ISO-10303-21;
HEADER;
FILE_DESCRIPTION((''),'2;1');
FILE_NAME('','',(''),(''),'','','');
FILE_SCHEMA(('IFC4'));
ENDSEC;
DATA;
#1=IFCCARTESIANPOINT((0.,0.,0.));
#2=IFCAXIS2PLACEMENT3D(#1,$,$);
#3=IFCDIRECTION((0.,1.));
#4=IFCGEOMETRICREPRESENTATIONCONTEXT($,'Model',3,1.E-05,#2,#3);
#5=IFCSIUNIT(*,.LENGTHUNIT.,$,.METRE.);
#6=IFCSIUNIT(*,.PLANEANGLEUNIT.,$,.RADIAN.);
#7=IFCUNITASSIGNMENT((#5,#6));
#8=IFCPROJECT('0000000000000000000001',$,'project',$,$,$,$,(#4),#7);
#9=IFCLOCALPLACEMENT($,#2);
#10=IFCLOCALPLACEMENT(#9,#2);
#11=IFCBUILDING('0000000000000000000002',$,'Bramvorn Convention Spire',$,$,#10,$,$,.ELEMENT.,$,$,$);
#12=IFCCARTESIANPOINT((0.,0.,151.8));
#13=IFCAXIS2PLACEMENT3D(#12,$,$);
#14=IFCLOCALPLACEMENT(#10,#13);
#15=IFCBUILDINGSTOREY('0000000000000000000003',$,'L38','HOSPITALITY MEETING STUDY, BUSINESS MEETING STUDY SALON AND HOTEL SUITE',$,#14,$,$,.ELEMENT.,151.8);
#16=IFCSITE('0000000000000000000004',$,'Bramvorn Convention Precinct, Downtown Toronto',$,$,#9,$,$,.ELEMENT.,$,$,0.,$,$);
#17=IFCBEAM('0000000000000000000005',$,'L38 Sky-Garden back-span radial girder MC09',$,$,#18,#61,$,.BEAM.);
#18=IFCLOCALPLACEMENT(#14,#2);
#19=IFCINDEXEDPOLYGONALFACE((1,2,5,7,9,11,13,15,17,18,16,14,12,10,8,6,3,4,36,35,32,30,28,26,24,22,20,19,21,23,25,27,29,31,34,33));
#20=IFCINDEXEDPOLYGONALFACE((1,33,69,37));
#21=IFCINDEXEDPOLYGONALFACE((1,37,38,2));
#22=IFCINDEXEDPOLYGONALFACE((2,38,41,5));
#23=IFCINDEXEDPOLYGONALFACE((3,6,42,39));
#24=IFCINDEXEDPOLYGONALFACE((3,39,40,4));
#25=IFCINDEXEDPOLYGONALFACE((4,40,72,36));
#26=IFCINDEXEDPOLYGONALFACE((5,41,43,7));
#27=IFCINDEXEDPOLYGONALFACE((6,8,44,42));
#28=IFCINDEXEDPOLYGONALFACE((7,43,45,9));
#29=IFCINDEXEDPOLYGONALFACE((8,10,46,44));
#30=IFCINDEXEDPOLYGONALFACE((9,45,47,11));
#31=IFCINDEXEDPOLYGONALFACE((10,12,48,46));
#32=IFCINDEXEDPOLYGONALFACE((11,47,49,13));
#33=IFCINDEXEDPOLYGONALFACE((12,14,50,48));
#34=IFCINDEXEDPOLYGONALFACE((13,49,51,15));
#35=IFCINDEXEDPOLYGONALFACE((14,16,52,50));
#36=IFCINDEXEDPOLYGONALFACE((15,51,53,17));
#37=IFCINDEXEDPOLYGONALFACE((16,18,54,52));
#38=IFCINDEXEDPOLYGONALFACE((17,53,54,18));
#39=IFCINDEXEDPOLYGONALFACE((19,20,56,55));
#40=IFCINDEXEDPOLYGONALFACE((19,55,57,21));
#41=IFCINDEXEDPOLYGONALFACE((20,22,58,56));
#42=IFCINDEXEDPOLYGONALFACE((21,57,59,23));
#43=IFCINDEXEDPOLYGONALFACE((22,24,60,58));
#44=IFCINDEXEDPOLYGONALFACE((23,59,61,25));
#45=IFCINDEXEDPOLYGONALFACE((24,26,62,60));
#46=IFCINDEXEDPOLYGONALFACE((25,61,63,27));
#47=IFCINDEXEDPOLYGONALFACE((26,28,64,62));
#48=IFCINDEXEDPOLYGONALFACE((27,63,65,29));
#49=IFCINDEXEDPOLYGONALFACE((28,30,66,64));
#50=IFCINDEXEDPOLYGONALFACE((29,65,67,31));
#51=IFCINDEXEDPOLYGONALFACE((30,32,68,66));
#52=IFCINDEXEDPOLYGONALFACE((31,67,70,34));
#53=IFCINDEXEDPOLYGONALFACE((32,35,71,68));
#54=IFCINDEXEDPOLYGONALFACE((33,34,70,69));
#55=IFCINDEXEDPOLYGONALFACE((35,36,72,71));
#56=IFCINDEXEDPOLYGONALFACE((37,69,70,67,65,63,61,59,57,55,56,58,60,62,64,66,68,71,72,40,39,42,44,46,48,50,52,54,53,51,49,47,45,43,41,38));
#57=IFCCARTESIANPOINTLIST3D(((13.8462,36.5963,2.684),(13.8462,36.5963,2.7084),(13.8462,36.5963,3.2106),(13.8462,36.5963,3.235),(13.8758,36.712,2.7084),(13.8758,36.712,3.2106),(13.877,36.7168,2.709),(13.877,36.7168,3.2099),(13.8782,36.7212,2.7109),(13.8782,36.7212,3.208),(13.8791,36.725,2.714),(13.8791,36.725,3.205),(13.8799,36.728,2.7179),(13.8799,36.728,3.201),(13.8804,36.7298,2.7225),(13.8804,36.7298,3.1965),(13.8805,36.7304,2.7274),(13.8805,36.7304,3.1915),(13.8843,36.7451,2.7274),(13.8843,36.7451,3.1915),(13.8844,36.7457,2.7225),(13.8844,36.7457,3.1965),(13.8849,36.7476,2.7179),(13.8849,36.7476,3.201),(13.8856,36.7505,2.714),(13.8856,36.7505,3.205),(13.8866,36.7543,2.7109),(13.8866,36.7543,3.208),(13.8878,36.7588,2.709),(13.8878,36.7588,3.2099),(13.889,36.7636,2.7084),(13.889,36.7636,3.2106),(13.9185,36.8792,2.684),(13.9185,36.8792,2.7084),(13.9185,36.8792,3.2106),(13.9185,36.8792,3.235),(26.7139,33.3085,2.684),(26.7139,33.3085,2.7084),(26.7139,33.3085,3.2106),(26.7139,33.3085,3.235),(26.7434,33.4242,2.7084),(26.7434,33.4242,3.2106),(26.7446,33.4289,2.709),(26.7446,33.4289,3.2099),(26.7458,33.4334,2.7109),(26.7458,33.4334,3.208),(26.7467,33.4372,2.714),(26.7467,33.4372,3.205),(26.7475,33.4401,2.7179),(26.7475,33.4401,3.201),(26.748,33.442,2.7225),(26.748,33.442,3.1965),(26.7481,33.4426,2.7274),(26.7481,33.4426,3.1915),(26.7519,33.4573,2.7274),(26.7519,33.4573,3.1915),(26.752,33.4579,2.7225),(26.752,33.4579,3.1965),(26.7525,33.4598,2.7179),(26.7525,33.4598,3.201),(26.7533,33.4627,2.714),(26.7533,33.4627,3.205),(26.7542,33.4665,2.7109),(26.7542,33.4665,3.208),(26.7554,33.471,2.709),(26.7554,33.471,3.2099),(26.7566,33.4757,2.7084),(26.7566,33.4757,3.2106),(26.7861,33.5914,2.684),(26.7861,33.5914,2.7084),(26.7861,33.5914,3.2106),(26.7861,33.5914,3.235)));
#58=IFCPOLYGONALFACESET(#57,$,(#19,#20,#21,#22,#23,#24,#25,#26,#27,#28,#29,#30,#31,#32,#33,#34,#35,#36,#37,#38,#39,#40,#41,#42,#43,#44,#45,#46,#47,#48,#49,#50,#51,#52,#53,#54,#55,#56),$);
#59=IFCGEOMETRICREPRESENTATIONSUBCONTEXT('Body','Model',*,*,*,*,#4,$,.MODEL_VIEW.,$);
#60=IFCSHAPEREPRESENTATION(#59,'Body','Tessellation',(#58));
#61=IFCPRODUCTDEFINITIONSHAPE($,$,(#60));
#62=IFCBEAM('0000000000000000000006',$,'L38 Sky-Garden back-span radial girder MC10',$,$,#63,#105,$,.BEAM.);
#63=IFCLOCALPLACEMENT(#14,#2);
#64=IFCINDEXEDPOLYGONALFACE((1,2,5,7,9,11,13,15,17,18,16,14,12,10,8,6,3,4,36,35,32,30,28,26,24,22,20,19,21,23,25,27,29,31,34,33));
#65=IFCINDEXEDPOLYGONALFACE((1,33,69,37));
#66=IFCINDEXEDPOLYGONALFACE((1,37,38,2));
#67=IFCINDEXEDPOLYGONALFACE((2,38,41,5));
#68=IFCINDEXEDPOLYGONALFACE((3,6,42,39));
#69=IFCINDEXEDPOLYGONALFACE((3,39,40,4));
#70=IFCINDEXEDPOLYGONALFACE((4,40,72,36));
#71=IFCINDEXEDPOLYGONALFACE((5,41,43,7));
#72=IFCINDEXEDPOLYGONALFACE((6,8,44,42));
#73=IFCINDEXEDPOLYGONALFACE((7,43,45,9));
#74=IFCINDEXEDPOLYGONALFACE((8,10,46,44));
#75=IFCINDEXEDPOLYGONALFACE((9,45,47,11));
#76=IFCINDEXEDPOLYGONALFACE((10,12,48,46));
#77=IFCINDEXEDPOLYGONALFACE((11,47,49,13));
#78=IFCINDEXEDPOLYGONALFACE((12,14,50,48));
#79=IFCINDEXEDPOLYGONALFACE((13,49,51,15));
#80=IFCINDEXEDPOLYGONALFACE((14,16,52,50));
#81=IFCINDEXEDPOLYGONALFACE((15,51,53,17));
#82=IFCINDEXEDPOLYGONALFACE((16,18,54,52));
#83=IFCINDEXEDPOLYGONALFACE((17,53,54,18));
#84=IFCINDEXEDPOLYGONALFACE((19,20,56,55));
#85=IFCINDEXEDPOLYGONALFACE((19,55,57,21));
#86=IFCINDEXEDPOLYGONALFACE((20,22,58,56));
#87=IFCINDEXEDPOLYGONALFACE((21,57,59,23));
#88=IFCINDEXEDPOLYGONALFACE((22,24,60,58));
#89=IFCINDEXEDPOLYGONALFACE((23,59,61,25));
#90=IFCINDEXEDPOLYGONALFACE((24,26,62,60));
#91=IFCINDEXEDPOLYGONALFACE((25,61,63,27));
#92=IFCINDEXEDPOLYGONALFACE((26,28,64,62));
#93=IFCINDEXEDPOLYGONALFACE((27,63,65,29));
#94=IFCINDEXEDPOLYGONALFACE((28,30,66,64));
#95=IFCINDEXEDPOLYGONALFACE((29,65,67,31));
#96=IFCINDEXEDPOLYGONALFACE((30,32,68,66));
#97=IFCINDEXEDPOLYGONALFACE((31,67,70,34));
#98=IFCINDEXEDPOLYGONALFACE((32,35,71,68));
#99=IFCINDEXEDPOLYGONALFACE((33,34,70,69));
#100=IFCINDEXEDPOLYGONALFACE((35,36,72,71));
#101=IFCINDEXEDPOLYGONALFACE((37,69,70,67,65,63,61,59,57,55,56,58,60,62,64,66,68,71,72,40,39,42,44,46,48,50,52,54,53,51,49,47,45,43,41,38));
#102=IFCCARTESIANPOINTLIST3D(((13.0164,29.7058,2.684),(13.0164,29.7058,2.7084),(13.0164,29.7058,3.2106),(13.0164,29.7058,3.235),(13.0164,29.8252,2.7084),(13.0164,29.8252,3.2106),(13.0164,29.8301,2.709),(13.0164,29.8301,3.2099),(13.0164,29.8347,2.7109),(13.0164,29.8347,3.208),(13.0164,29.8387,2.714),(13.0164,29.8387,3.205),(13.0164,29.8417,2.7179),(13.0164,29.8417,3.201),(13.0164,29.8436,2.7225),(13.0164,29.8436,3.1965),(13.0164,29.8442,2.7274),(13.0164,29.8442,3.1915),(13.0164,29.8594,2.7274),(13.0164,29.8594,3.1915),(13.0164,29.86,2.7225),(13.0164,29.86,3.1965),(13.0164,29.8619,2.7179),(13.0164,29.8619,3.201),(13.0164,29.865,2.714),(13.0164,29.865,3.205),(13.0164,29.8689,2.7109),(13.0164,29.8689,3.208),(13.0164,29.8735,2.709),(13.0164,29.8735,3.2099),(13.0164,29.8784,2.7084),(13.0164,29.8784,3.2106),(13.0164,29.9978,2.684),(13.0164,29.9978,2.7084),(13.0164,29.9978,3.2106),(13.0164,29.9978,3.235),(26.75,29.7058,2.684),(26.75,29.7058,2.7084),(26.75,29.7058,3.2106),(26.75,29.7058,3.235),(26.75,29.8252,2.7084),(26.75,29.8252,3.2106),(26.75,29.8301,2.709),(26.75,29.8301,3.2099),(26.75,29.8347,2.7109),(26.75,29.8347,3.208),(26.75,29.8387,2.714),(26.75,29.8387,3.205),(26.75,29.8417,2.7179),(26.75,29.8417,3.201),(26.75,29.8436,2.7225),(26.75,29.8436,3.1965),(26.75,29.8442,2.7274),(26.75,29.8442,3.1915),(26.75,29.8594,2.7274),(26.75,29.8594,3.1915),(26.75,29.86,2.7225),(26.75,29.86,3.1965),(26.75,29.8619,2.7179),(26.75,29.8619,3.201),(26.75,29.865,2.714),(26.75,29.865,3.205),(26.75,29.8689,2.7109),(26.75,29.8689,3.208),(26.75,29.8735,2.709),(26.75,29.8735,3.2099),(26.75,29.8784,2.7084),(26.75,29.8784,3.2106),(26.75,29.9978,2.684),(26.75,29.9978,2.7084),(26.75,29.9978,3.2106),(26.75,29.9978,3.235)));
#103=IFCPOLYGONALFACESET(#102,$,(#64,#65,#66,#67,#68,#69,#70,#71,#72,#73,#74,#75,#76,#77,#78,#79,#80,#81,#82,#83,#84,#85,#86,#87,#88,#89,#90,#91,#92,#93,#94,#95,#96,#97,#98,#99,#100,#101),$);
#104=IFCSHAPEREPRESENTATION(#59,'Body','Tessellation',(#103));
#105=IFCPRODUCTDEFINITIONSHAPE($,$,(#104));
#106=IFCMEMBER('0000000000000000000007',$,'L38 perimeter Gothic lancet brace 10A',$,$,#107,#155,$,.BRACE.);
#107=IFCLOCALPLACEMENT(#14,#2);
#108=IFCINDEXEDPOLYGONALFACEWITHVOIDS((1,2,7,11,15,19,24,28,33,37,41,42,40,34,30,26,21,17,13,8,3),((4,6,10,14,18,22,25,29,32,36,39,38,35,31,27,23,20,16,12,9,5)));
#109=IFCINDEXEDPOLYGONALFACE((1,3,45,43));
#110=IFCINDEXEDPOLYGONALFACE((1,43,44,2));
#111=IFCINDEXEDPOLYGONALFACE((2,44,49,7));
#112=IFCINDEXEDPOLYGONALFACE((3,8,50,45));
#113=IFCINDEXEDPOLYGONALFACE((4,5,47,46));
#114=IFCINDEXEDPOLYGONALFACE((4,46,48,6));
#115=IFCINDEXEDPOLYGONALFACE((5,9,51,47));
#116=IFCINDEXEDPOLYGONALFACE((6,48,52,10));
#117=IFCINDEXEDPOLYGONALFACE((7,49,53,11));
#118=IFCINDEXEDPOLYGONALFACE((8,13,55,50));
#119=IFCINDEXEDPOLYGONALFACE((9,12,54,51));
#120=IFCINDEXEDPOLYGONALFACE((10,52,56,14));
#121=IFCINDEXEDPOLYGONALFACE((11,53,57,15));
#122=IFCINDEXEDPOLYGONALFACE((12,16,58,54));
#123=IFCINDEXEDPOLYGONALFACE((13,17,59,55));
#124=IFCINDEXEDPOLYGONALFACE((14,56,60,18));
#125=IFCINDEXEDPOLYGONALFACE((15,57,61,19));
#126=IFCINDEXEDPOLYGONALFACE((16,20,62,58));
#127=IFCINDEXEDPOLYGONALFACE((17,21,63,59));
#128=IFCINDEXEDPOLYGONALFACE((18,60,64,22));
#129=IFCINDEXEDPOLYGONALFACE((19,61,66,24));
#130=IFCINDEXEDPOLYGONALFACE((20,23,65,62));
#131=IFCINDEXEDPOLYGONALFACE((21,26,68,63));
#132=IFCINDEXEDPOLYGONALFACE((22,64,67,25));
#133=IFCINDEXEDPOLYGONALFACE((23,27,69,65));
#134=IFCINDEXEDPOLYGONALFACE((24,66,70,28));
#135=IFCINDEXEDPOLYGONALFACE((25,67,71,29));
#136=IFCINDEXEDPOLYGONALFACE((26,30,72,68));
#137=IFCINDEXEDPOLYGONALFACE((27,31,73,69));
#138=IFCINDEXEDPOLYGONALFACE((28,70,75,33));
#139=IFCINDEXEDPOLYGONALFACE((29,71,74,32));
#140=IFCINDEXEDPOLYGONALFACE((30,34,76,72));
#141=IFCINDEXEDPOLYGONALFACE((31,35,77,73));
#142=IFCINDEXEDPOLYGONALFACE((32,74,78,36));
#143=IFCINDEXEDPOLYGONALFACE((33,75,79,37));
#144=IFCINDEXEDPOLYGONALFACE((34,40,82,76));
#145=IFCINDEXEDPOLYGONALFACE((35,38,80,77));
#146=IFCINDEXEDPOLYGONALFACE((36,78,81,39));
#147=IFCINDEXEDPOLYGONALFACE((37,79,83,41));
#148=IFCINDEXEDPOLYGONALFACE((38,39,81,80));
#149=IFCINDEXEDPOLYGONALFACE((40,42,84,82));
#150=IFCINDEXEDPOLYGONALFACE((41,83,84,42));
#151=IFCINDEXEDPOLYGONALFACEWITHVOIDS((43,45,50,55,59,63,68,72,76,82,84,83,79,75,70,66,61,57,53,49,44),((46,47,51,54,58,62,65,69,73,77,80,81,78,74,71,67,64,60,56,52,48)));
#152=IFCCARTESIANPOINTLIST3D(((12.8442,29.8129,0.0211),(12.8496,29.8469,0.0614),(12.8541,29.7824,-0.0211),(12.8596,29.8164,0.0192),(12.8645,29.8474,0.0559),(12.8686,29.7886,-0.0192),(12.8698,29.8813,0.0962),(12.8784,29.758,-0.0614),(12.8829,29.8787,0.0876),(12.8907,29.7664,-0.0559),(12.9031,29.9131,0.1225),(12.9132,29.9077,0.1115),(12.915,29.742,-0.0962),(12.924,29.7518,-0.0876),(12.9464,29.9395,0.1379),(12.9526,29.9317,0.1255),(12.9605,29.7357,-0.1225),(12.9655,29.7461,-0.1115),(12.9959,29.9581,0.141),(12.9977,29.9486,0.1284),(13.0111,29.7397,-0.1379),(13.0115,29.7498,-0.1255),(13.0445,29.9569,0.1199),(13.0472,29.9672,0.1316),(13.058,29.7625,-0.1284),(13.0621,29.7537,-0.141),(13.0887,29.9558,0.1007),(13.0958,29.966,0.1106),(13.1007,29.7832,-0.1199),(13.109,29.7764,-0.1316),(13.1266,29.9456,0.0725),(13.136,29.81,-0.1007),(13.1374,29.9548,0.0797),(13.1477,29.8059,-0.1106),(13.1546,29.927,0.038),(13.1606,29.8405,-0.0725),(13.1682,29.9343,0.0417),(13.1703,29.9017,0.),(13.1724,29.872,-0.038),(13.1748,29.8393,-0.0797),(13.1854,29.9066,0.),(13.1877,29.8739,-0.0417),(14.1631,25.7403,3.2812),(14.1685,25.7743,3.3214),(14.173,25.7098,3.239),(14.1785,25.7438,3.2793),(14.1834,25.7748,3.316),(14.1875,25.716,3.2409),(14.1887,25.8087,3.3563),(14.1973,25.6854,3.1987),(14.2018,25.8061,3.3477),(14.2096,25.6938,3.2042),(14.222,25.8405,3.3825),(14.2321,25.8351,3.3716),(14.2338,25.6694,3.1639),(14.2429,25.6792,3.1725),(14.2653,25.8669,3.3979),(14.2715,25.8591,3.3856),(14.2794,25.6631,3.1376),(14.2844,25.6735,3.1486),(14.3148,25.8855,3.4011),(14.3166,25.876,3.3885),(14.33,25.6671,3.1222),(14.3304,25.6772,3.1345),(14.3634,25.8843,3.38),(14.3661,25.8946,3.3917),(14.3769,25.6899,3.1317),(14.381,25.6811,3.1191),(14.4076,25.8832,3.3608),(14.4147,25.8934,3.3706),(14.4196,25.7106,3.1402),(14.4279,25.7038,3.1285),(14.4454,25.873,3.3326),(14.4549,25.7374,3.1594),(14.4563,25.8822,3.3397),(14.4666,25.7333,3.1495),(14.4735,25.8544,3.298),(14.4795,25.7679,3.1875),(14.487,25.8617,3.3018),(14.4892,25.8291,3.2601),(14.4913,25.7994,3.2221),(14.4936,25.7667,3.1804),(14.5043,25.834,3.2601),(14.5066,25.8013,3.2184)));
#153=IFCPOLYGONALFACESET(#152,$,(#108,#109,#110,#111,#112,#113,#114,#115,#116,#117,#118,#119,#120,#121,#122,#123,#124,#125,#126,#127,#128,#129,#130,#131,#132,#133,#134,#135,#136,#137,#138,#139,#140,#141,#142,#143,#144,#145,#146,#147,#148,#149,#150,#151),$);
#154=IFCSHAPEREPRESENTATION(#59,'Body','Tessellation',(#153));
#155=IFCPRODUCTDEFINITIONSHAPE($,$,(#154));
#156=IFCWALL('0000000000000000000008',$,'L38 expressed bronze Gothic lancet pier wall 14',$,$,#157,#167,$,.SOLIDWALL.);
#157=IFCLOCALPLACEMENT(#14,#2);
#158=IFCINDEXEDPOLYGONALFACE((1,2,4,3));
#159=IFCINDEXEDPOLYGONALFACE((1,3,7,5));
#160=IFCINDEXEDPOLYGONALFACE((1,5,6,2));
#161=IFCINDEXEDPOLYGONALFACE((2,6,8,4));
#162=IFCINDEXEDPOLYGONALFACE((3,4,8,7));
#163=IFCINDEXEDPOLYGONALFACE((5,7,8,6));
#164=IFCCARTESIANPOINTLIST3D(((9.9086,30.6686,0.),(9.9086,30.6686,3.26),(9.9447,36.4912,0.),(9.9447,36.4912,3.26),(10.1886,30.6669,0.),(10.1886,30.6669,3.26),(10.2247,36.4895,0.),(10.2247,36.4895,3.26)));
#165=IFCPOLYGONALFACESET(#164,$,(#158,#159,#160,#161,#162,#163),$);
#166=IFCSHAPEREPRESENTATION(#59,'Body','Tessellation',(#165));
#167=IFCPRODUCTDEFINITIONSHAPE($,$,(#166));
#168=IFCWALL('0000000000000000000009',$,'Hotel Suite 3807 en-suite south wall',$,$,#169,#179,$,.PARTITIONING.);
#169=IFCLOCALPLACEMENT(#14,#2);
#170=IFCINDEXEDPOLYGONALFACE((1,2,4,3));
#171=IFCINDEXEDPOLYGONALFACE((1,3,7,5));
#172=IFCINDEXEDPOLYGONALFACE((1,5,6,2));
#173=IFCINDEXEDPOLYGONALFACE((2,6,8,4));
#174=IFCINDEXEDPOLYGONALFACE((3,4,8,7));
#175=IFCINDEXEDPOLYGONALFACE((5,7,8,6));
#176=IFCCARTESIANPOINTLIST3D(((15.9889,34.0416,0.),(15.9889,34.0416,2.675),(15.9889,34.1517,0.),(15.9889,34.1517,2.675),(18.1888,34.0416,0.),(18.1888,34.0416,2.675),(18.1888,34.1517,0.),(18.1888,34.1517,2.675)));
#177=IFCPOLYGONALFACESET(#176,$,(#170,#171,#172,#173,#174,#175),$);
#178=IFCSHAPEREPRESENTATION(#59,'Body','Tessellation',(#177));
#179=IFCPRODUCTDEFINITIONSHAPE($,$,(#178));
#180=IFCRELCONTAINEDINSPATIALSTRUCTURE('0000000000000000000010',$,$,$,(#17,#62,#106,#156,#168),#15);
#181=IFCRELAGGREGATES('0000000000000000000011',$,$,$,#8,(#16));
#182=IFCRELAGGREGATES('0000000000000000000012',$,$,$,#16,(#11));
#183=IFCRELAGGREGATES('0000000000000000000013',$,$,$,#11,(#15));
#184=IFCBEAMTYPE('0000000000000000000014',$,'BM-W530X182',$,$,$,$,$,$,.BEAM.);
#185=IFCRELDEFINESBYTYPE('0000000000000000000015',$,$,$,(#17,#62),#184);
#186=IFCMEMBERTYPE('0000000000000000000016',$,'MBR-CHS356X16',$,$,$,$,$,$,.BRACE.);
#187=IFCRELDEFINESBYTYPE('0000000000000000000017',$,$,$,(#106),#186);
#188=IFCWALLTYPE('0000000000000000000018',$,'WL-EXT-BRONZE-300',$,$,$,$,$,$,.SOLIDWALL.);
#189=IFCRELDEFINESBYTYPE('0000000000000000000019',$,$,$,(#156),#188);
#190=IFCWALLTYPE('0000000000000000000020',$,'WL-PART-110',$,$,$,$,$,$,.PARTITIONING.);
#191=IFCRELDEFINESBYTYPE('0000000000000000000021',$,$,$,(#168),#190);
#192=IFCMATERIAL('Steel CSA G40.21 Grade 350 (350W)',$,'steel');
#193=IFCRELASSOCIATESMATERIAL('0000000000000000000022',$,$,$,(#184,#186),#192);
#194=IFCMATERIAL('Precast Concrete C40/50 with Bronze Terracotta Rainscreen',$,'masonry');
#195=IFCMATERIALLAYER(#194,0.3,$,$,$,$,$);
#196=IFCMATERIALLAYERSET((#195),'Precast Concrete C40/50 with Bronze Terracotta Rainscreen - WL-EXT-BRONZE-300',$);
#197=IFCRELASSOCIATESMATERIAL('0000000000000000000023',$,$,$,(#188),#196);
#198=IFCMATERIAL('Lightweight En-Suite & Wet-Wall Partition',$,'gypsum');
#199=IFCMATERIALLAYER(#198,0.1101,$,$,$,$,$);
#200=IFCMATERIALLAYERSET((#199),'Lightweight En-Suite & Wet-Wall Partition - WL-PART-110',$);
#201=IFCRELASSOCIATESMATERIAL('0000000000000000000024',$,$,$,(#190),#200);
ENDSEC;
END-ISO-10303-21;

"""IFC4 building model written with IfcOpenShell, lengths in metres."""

from ifc_helpers import new_model, si_unit, direction, frame, frame_2d, origin, origin_2d, place, context, subcontext, project, spatial, rectangle, hollow_circle, i_section, extrude, material, layer, layer_set, material_profile, profile_set, type_object, element, save


model = new_model("IFC4")

# Units and contexts
model_context = context("Model", 3, precision=1e-05, world=origin(), true_north=direction((0.0, 1.0)))
body_context = subcontext(model_context, "Body", "Model", "MODEL_VIEW")
ifc_project = project(units=[si_unit("LENGTHUNIT", "METRE"), si_unit("PLANEANGLEUNIT", "RADIAN")], contexts=[model_context])

# Site, building, storey
site_placement = place(None, origin())
site = spatial("IfcSite", under=ifc_project, at=site_placement, Name="Bramvorn Convention Precinct, Downtown Toronto", CompositionType="ELEMENT", RefElevation=0.0)
building_placement = place(site_placement, origin())
building = spatial("IfcBuilding", under=site, at=building_placement, Name="Bramvorn Convention Spire", CompositionType="ELEMENT")
storey_placement = place(building_placement, frame((0.0, 0.0, 151.8)))
storey = spatial("IfcBuildingStorey", under=building, at=storey_placement, Name="L38", Description="HOSPITALITY MEETING STUDY, BUSINESS MEETING STUDY SALON AND HOTEL SUITE", CompositionType="ELEMENT", Elevation=151.8)

# Shared definitions
ifc_material_1 = material(Name="Steel CSA G40.21 Grade 350 (350W)", Category="steel")

# Beams
ifc_material_profile_1 = material_profile(ifc_material_1, i_section(OverallWidth=0.292, OverallDepth=0.551, WebThickness=0.0151, FlangeThickness=0.0244, FilletRadius=0.019, at=origin_2d()))
ifc_profile_set_1 = profile_set([ifc_material_profile_1], Name="Steel CSA G40.21 Grade 350 (350W) - W530X182")
beam_type_1 = type_object("IfcBeamType", Name="BM-W530X182", PredefinedType="BEAM", material=ifc_profile_set_1)
beam_1_placement = place(storey_placement, frame((26.75, 33.45, 2.9595), z_axis=(-0.968873, 0.247558, 0.0), x_axis=(-0.247558, -0.968873, 0.0)))
element("IfcBeam", 1, at=beam_1_placement, inside=storey, type_object=beam_type_1, Name="L38 Sky-Garden back-span radial girder MC09", PredefinedType="BEAM", context=body_context, shape_type="SweptSolid", body=[
    extrude(i_section(OverallWidth=0.292, OverallDepth=0.551, WebThickness=0.0151, FlangeThickness=0.0244, FilletRadius=0.019, at=origin_2d()), origin(), (0.0, 0.0, 1.0), 13.281),
])
beam_2_placement = place(storey_placement, frame((26.75, 29.8518, 2.9595), z_axis=(-1.0, 0.0, 0.0), x_axis=(0.0, -1.0, 0.0)))
element("IfcBeam", 2, at=beam_2_placement, inside=storey, type_object=beam_type_1, Name="L38 Sky-Garden back-span radial girder MC10", PredefinedType="BEAM", context=body_context, shape_type="SweptSolid", body=[
    extrude(i_section(OverallWidth=0.292, OverallDepth=0.551, WebThickness=0.0151, FlangeThickness=0.0244, FilletRadius=0.019, at=origin_2d()), origin(), (0.0, 0.0, 1.0), 13.7336),
])

# Member
ifc_material_profile_2 = material_profile(ifc_material_1, hollow_circle(Radius=0.1777, WallThickness=0.0159, at=origin_2d()))
ifc_profile_set_2 = profile_set([ifc_material_profile_2], Name="Steel CSA G40.21 Grade 350 (350W) - CHS356X16")
member_type = type_object("IfcMemberType", Name="MBR-CHS356X16", PredefinedType="BRACE", material=ifc_profile_set_2)
member_placement = place(storey_placement, frame((13.0164, 29.8518, 0.0), z_axis=(0.245105, -0.756868, 0.605866), x_axis=(0.951358, 0.308089, 0.0)))
element("IfcMember", 3, at=member_placement, inside=storey, type_object=member_type, Name="L38 perimeter Gothic lancet brace 10A", PredefinedType="BRACE", context=body_context, shape_type="SweptSolid", body=[
    extrude(hollow_circle(Radius=0.1777, WallThickness=0.0159, at=origin_2d()), origin(), (0.0, 0.0, 1.0), 5.3809),
])

# Walls
ifc_material_2 = material(Name="Precast Concrete C40/50 with Bronze Terracotta Rainscreen", Category="masonry")
ifc_layer_1 = layer(ifc_material_2, 0.3)
ifc_layer_set_1 = layer_set([ifc_layer_1], Name="Precast Concrete C40/50 with Bronze Terracotta Rainscreen - WL-EXT-BRONZE-300")
wall_type_1 = type_object("IfcWallType", Name="WL-EXT-BRONZE-300", PredefinedType="SOLIDWALL", material=ifc_layer_set_1)
wall_1_placement = place(storey_placement, frame((10.0486, 30.6677, 0.0), z_axis=(0.0, 0.0, 1.0), x_axis=(0.006205, 0.999981, 0.0)))
element("IfcWall", 4, at=wall_1_placement, inside=storey, type_object=wall_type_1, Name="L38 expressed bronze Gothic lancet pier wall 14", PredefinedType="SOLIDWALL", context=body_context, shape_type="SweptSolid", body=[
    extrude(rectangle(XDim=5.8228, YDim=0.28, at=frame_2d((2.9114, 0.0))), origin(), (0.0, 0.0, 1.0), 3.26),
])
ifc_material_3 = material(Name="Lightweight En-Suite & Wet-Wall Partition", Category="gypsum")
ifc_layer_2 = layer(ifc_material_3, 0.1101)
ifc_layer_set_2 = layer_set([ifc_layer_2], Name="Lightweight En-Suite & Wet-Wall Partition - WL-PART-110")
wall_type_2 = type_object("IfcWallType", Name="WL-PART-110", PredefinedType="PARTITIONING", material=ifc_layer_set_2)
wall_2_placement = place(storey_placement, frame((15.9888, 34.0967, 0.0), z_axis=(0.0, 0.0, 1.0), x_axis=(1.0, 0.0, 0.0)))
element("IfcWall", 5, at=wall_2_placement, inside=storey, type_object=wall_type_2, Name="Hotel Suite 3807 en-suite south wall", PredefinedType="PARTITIONING", context=body_context, shape_type="SweptSolid", body=[
    extrude(rectangle(XDim=2.2, YDim=0.1101, at=frame_2d((1.1001, 0.0))), origin(), (0.0, 0.0, 1.0), 2.675),
])

save(model, "model.ifc")
